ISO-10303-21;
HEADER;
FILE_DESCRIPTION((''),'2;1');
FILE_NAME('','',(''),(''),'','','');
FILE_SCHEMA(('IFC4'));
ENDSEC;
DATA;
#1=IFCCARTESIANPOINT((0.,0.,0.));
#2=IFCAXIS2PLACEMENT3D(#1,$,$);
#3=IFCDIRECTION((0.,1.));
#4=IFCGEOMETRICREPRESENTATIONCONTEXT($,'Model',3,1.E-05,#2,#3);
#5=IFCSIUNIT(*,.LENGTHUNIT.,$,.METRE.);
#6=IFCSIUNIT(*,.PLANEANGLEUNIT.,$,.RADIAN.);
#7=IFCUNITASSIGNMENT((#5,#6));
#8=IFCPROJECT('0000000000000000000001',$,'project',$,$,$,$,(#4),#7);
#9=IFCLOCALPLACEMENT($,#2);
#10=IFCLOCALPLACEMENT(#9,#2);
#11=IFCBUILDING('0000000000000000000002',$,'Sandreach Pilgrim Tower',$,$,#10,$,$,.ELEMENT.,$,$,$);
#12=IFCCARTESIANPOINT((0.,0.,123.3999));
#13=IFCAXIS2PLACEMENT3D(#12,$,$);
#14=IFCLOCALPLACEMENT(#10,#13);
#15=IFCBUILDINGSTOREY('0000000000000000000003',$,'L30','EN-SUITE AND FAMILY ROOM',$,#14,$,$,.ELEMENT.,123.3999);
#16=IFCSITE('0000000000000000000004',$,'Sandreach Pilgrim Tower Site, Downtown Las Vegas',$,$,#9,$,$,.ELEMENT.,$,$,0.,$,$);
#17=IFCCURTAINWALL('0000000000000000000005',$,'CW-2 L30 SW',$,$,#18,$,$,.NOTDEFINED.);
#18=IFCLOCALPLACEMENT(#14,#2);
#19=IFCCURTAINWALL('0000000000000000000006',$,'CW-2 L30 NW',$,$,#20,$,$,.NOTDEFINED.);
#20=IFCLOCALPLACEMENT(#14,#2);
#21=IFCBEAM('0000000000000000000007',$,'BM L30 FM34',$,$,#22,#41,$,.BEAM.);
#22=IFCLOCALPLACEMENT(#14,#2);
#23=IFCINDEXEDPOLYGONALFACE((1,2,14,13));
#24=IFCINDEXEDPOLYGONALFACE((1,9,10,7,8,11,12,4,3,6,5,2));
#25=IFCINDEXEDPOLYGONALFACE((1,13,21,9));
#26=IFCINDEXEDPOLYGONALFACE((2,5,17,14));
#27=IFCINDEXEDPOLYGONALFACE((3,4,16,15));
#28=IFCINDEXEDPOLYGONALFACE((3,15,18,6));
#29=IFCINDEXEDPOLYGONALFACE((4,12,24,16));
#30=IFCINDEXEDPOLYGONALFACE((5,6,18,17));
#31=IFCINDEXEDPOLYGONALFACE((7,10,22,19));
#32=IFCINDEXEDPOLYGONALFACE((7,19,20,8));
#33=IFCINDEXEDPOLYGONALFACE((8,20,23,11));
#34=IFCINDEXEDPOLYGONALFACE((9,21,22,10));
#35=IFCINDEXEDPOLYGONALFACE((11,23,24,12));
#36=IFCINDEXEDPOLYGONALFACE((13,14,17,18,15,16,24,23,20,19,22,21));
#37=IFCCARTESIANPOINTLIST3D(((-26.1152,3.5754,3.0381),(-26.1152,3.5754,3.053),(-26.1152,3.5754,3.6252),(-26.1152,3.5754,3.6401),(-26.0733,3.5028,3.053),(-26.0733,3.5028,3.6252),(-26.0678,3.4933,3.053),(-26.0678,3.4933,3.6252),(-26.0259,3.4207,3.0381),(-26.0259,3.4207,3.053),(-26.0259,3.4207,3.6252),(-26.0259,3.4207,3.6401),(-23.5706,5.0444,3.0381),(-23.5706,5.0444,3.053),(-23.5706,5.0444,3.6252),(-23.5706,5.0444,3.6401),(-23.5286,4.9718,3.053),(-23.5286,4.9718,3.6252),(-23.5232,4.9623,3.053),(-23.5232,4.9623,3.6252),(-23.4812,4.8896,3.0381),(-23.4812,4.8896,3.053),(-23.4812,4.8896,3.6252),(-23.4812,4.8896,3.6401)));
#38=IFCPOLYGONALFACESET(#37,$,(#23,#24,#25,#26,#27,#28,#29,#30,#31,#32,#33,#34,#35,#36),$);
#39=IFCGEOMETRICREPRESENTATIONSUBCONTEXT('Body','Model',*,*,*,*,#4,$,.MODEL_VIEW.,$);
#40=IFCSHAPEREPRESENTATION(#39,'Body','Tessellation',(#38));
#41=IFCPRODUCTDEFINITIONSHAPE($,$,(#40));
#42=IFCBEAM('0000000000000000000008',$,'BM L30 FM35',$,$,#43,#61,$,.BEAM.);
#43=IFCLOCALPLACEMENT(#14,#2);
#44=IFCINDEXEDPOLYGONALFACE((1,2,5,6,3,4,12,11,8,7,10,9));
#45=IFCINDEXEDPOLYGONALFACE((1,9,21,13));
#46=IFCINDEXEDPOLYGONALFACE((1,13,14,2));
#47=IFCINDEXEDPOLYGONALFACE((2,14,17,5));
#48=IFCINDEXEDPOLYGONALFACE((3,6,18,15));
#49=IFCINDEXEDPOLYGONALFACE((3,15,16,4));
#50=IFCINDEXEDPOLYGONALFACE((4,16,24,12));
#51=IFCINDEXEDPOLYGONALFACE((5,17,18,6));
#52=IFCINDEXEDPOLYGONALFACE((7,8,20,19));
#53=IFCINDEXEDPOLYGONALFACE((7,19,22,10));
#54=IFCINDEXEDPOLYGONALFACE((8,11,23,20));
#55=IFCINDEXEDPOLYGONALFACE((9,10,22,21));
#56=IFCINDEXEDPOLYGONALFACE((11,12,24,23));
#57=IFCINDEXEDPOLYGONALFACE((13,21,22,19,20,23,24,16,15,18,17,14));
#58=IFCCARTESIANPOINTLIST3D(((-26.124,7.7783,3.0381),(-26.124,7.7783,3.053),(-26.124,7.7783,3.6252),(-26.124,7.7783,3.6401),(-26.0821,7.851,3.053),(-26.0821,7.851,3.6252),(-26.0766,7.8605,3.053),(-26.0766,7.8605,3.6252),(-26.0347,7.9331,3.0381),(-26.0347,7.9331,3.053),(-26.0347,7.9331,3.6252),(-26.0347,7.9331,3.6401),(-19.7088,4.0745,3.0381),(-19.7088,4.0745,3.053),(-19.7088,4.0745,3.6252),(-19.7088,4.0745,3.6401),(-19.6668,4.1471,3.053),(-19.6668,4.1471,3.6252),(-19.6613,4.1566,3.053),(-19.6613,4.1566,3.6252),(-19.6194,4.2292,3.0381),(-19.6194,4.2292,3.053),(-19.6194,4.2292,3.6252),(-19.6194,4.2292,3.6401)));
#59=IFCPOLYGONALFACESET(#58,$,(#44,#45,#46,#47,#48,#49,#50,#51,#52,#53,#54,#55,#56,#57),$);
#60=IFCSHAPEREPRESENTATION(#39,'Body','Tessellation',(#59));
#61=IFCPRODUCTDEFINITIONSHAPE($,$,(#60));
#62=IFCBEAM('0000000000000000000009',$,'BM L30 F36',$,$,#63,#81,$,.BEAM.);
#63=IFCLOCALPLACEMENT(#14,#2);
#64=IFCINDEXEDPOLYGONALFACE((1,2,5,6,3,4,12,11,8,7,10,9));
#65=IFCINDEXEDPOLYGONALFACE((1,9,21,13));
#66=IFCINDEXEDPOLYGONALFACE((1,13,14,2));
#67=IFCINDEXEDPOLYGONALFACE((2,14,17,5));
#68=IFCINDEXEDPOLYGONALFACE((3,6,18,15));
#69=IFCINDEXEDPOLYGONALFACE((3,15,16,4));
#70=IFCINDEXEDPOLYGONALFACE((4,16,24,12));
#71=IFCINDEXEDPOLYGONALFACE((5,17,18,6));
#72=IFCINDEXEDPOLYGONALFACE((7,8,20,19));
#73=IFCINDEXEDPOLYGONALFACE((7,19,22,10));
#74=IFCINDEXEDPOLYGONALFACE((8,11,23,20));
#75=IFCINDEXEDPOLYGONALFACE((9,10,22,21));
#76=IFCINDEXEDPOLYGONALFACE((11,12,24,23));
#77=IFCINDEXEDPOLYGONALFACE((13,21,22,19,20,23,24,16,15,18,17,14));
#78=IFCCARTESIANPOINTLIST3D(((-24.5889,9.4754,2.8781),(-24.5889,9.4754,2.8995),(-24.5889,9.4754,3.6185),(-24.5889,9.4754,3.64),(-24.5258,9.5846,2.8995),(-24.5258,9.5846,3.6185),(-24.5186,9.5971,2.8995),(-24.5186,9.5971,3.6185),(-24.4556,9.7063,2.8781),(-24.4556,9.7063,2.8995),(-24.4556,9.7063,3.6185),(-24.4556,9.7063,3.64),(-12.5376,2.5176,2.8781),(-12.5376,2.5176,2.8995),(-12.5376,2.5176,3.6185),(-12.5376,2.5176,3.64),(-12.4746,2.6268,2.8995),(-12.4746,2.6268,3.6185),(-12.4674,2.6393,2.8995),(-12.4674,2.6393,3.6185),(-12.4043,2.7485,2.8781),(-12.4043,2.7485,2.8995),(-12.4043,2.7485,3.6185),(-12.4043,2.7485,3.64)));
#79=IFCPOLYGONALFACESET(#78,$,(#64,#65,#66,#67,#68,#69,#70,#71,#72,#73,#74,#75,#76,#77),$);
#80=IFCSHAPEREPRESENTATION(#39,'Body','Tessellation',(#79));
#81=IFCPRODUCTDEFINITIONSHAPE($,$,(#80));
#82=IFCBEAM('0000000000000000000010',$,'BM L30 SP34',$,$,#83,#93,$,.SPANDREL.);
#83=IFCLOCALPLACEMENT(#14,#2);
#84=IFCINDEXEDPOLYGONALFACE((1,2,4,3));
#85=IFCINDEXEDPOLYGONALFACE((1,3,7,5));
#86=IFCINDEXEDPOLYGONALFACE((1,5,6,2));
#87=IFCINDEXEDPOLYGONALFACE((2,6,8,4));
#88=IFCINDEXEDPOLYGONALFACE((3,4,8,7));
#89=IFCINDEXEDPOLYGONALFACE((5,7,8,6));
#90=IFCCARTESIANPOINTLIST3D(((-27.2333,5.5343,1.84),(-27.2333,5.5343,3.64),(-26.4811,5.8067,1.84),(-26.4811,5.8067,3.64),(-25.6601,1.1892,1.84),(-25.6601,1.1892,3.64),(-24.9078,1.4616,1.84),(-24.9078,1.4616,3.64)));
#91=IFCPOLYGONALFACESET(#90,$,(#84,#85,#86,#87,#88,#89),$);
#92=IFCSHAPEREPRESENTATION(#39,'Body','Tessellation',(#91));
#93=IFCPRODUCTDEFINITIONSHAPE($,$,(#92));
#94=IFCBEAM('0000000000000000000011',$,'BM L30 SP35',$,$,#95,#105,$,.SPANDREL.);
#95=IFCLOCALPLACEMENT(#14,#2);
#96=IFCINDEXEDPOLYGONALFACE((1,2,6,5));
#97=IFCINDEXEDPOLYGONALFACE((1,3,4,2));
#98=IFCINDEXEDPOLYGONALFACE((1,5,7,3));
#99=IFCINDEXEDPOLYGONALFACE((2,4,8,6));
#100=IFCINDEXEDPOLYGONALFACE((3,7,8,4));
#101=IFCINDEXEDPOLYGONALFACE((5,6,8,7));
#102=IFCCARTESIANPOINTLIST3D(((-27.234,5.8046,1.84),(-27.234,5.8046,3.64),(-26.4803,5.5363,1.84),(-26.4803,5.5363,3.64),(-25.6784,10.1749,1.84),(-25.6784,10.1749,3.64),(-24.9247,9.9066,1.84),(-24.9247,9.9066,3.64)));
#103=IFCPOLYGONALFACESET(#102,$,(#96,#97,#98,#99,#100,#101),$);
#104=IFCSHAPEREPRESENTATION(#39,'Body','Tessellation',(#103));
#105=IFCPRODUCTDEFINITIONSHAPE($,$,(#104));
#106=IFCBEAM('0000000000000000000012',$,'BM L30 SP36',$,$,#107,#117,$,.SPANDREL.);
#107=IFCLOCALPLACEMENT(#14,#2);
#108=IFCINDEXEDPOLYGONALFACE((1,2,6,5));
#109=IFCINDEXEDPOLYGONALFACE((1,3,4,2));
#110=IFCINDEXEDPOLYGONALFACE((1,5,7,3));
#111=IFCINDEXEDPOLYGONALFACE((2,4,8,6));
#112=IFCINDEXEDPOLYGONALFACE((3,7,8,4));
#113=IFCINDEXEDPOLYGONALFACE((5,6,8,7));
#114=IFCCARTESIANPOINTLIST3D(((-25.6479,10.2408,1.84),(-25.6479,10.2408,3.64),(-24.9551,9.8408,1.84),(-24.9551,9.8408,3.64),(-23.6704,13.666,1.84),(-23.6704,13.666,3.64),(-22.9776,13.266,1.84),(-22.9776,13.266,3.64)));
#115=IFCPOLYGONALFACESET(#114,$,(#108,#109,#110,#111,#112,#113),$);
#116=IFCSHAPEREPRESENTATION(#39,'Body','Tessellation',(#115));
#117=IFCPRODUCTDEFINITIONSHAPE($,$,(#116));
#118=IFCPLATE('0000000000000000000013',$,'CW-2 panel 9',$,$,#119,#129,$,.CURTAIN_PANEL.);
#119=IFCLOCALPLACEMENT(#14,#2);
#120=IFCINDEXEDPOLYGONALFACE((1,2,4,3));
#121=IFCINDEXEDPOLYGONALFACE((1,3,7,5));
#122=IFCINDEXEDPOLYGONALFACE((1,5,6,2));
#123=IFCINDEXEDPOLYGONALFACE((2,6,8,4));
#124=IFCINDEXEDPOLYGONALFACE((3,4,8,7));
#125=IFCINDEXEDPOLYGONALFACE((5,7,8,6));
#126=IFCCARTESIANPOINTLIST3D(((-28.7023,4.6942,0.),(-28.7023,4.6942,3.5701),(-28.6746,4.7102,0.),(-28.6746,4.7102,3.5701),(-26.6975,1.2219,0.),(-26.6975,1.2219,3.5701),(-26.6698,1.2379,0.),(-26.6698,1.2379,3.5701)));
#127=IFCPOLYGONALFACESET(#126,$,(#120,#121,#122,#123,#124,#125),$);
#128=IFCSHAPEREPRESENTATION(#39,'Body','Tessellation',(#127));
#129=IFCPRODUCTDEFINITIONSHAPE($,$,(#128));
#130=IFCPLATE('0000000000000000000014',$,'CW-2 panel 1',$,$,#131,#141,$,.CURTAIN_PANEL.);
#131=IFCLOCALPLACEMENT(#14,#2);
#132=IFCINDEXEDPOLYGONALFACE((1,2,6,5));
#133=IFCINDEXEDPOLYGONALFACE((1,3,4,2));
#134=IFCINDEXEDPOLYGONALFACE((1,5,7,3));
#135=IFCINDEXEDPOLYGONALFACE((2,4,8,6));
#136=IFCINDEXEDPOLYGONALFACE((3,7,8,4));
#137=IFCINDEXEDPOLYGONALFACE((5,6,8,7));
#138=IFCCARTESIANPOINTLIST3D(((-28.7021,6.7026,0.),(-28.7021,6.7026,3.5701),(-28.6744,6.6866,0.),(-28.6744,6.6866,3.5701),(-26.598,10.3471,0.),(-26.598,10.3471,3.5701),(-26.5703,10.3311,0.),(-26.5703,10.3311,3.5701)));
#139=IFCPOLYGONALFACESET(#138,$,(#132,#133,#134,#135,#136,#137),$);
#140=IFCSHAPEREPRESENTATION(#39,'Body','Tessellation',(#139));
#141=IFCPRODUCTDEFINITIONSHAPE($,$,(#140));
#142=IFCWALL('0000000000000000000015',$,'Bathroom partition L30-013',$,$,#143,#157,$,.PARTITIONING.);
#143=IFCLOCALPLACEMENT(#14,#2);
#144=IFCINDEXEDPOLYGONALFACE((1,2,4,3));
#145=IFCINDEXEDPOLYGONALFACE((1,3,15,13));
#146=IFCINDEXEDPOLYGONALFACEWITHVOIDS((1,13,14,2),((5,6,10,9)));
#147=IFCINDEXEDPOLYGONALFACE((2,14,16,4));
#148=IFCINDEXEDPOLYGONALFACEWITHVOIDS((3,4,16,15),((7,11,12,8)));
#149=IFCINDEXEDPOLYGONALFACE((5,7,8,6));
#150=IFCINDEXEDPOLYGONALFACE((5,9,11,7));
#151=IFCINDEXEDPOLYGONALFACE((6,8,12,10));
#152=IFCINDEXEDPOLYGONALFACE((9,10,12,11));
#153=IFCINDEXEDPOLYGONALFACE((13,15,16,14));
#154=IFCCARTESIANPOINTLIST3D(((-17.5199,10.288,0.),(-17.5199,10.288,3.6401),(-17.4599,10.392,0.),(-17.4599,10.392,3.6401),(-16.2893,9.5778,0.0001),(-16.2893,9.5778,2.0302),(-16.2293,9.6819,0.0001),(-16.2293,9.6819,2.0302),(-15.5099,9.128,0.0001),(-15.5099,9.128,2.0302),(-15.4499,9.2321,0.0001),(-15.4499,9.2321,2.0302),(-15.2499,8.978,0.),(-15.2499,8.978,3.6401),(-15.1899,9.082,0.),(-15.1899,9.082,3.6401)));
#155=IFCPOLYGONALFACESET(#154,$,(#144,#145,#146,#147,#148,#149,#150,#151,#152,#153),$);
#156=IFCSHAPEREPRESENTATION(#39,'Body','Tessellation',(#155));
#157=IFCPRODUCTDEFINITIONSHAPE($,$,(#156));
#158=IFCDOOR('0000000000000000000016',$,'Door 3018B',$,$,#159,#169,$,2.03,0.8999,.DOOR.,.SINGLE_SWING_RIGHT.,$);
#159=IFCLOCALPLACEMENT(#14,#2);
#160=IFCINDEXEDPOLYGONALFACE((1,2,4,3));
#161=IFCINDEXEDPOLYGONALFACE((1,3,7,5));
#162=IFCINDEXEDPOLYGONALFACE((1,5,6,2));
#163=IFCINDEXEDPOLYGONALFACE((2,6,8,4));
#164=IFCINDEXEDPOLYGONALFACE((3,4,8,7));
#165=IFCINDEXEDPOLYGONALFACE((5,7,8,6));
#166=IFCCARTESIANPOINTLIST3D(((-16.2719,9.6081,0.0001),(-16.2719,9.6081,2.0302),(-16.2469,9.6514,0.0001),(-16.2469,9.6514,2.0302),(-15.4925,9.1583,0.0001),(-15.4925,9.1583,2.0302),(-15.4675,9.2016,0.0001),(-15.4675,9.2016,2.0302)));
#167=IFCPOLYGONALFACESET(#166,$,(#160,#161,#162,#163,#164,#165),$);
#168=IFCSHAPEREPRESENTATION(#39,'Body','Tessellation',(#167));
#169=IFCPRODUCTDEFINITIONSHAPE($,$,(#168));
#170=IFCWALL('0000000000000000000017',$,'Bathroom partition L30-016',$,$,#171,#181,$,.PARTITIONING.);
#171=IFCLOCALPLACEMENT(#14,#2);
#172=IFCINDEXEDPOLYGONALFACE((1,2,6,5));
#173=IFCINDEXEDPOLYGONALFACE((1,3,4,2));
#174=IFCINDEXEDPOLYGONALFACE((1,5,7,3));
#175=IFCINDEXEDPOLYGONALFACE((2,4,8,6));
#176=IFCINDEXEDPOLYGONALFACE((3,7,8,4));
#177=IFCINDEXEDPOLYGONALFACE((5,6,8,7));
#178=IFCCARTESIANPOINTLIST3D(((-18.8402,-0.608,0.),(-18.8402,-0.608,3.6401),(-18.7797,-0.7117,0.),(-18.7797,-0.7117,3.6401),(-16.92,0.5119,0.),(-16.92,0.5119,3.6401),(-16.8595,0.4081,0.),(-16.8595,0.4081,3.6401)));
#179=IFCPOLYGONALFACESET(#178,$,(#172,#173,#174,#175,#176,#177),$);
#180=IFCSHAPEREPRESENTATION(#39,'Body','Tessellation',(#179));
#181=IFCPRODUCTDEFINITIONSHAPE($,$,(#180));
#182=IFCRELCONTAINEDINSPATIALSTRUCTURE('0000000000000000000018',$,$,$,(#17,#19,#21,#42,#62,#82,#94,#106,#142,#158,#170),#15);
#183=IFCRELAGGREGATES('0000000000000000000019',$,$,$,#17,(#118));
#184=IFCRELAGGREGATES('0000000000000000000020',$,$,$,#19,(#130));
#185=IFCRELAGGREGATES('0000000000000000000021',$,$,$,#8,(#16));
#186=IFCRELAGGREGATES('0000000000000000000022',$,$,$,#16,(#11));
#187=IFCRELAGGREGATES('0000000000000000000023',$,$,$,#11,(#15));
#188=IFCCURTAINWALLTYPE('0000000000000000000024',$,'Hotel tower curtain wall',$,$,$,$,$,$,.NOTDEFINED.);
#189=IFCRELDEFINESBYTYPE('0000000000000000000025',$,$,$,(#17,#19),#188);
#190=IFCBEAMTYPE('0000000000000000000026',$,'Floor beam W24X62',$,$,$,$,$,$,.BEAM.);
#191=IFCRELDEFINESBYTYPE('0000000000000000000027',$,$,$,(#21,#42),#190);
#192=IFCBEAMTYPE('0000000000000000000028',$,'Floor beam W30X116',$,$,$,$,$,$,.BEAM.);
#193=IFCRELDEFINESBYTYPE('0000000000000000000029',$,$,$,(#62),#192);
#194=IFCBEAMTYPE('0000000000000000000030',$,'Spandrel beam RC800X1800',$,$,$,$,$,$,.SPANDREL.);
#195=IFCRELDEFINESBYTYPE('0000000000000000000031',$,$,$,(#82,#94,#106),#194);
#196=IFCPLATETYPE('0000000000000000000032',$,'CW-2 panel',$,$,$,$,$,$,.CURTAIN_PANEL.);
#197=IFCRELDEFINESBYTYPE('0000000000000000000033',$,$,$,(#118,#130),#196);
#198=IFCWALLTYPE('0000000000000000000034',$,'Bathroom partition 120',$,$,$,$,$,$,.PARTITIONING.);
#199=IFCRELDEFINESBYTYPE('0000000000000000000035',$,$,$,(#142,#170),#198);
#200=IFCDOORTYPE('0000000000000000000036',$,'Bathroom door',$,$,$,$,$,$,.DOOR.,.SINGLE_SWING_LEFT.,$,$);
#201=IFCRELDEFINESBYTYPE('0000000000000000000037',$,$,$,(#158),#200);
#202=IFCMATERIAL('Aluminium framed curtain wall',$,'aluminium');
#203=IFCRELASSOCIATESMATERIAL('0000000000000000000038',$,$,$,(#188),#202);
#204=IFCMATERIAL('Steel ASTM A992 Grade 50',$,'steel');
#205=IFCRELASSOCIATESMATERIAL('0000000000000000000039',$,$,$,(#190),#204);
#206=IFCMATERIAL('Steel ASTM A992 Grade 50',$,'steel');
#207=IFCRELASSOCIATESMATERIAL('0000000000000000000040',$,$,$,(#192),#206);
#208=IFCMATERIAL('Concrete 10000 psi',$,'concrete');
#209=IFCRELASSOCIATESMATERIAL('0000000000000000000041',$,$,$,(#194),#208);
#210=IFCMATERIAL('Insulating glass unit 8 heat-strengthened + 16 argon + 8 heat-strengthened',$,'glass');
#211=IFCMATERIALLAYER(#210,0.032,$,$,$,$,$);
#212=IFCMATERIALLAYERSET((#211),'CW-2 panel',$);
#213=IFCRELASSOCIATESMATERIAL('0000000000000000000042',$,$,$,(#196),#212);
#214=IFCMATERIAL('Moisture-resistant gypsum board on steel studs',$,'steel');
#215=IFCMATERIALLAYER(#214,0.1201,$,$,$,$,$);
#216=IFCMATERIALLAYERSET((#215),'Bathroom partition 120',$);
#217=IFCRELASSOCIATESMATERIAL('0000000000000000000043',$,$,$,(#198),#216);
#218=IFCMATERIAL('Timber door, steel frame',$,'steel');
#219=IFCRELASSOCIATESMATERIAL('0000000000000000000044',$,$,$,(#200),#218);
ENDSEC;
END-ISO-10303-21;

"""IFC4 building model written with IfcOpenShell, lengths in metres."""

from ifc_helpers import new_model, si_unit, direction, frame, frame_2d, origin, origin_2d, place, context, subcontext, project, spatial, rectangle, i_section, extrude, material, layer, layer_set, material_profile, profile_set, type_object, element, fill, aggregate, save


model = new_model("IFC4")

# Units and contexts
model_context = context("Model", 3, precision=1e-05, world=origin(), true_north=direction((0.0, 1.0)))
body_context = subcontext(model_context, "Body", "Model", "MODEL_VIEW")
ifc_project = project(units=[si_unit("LENGTHUNIT", "METRE"), si_unit("PLANEANGLEUNIT", "RADIAN")], contexts=[model_context])

# Site, building, storey
site_placement = place(None, origin())
site = spatial("IfcSite", under=ifc_project, at=site_placement, Name="Sandreach Pilgrim Tower Site, Downtown Las Vegas", CompositionType="ELEMENT", RefElevation=0.0)
building_placement = place(site_placement, origin())
building = spatial("IfcBuilding", under=site, at=building_placement, Name="Sandreach Pilgrim Tower", CompositionType="ELEMENT")
storey_placement = place(building_placement, frame((0.0, 0.0, 123.3999)))
storey = spatial("IfcBuildingStorey", under=building, at=storey_placement, Name="L30", Description="EN-SUITE AND FAMILY ROOM", CompositionType="ELEMENT", Elevation=123.3999)

# Curtain wall
ifc_material_1 = material(Name="Aluminium framed curtain wall", Category="aluminium")
curtain_wall_type = type_object("IfcCurtainWallType", Name="Hotel tower curtain wall", PredefinedType="NOTDEFINED", material=ifc_material_1)
curtain_wall_1_placement = place(storey_placement, origin())
curtain_wall_1 = element("IfcCurtainWall", 1, at=curtain_wall_1_placement, inside=storey, type_object=curtain_wall_type, Name="CW-2 L30 SW", PredefinedType="NOTDEFINED")

# Curtain wall
curtain_wall_2_placement = place(storey_placement, origin())
curtain_wall_2 = element("IfcCurtainWall", 2, at=curtain_wall_2_placement, inside=storey, type_object=curtain_wall_type, Name="CW-2 L30 NW", PredefinedType="NOTDEFINED")

# Beams
ifc_material_2 = material(Name="Steel ASTM A992 Grade 50", Category="steel")
ifc_material_profile_1 = material_profile(ifc_material_2, i_section(OverallWidth=0.1787, OverallDepth=0.6021, WebThickness=0.011, FlangeThickness=0.0149, at=origin_2d()), Name="W24X62")
ifc_profile_set_1 = profile_set([ifc_material_profile_1], Name="Steel ASTM A992 Grade 50")
beam_type_1 = type_object("IfcBeamType", Name="Floor beam W24X62", PredefinedType="BEAM", material=ifc_profile_set_1)
beam_1_placement = place(storey_placement, frame((-26.0706, 3.498, 3.3391), z_axis=(0.866051, 0.499955, 0.0), x_axis=(-0.499955, 0.866051, 0.0)))
element("IfcBeam", 3, at=beam_1_placement, inside=storey, type_object=beam_type_1, Name="BM L30 FM34", PredefinedType="BEAM", context=body_context, shape_type="SweptSolid", body=[
    extrude(i_section(OverallWidth=0.1787, OverallDepth=0.6021, WebThickness=0.011, FlangeThickness=0.0149, at=origin_2d()), origin(), (0.0, 0.0, 1.0), 2.9382),
])
beam_2_placement = place(storey_placement, frame((-26.0793, 7.8557, 3.3391), z_axis=(0.866026, -0.499999, 0.0), x_axis=(0.499999, 0.866026, 0.0)))
element("IfcBeam", 4, at=beam_2_placement, inside=storey, type_object=beam_type_1, Name="BM L30 FM35", PredefinedType="BEAM", context=body_context, shape_type="SweptSolid", body=[
    extrude(i_section(OverallWidth=0.1787, OverallDepth=0.6021, WebThickness=0.011, FlangeThickness=0.0149, at=origin_2d()), origin(), (0.0, 0.0, 1.0), 7.4077),
])
ifc_material_3 = material(Name="Steel ASTM A992 Grade 50", Category="steel")
ifc_material_profile_2 = material_profile(ifc_material_3, i_section(OverallWidth=0.2666, OverallDepth=0.762, WebThickness=0.0144, FlangeThickness=0.0215, at=origin_2d()), Name="W30X116")
ifc_profile_set_2 = profile_set([ifc_material_profile_2], Name="Steel ASTM A992 Grade 50")
beam_type_2 = type_object("IfcBeamType", Name="Floor beam W30X116", PredefinedType="BEAM", material=ifc_profile_set_2)
beam_3_placement = place(storey_placement, frame((-24.5222, 9.5908, 3.259), z_axis=(0.866027, -0.499998, 0.0), x_axis=(0.499998, 0.866027, 0.0)))
element("IfcBeam", 5, at=beam_3_placement, inside=storey, type_object=beam_type_2, Name="BM L30 F36", PredefinedType="BEAM", context=body_context, shape_type="SweptSolid", body=[
    extrude(i_section(OverallWidth=0.2666, OverallDepth=0.762, WebThickness=0.0144, FlangeThickness=0.0215, at=origin_2d()), origin(), (0.0, 0.0, 1.0), 13.9155),
])
ifc_material_4 = material(Name="Concrete 10000 psi", Category="concrete")
ifc_material_profile_3 = material_profile(ifc_material_4, rectangle(XDim=0.8, YDim=1.8, at=origin_2d()), Name="RC800X1800")
ifc_profile_set_3 = profile_set([ifc_material_profile_3], Name="Concrete 10000 psi")
beam_type_3 = type_object("IfcBeamType", Name="Spandrel beam RC800X1800", PredefinedType="SPANDREL", material=ifc_profile_set_3)
beam_4_placement = place(storey_placement, frame((-25.2839, 1.3254, 2.74), z_axis=(-0.340453, 0.940261, 0.0), x_axis=(-0.940261, -0.340453, 0.0)))
element("IfcBeam", 6, at=beam_4_placement, inside=storey, type_object=beam_type_3, Name="BM L30 SP34", PredefinedType="SPANDREL", context=body_context, shape_type="SweptSolid", body=[
    extrude(rectangle(XDim=0.8, YDim=1.8, at=origin_2d()), origin(), (0.0, 0.0, 1.0), 4.6211),
])
beam_5_placement = place(storey_placement, frame((-26.8572, 5.6704, 2.74), z_axis=(0.335346, 0.942095, 0.0), x_axis=(-0.942095, 0.335346, 0.0)))
element("IfcBeam", 7, at=beam_5_placement, inside=storey, type_object=beam_type_3, Name="BM L30 SP35", PredefinedType="SPANDREL", context=body_context, shape_type="SweptSolid", body=[
    extrude(rectangle(XDim=0.8, YDim=1.8, at=origin_2d()), origin(), (0.0, 0.0, 1.0), 4.6389),
])
beam_6_placement = place(storey_placement, frame((-25.3015, 10.0408, 2.74), z_axis=(0.49999, 0.866031, 0.0), x_axis=(-0.866031, 0.49999, 0.0)))
element("IfcBeam", 8, at=beam_6_placement, inside=storey, type_object=beam_type_3, Name="BM L30 SP36", PredefinedType="SPANDREL", context=body_context, shape_type="SweptSolid", body=[
    extrude(rectangle(XDim=0.8, YDim=1.8, at=origin_2d()), origin(), (0.0, 0.0, 1.0), 3.9551),
])

# Plates
ifc_material_5 = material(Name="Insulating glass unit 8 heat-strengthened + 16 argon + 8 heat-strengthened", Category="glass")
ifc_layer_1 = layer(ifc_material_5, 0.032)
ifc_layer_set_1 = layer_set([ifc_layer_1], Name="CW-2 panel")
plate_type = type_object("IfcPlateType", Name="CW-2 panel", PredefinedType="CURTAIN_PANEL", material=ifc_layer_set_1)
plate_1_placement = place(storey_placement, frame((-27.686, 2.9661, 0.0), z_axis=(0.0, 0.0, 1.0), x_axis=(-0.5, 0.866025, 0.0)))
plate_1 = element("IfcPlate", 9, at=plate_1_placement, type_object=plate_type, Name="CW-2 panel 9", PredefinedType="CURTAIN_PANEL", context=body_context, shape_type="SweptSolid", body=[
    extrude(rectangle(XDim=4.0095, YDim=0.032, at=origin_2d()), origin(), (0.0, 0.0, 1.0), 3.5701),
])
aggregate(curtain_wall_1, [plate_1])
plate_2_placement = place(storey_placement, frame((-27.6362, 8.5168, 0.0), z_axis=(0.0, 0.0, 1.0), x_axis=(0.5, 0.866025, 0.0)))
plate_2 = element("IfcPlate", 10, at=plate_2_placement, type_object=plate_type, Name="CW-2 panel 1", PredefinedType="CURTAIN_PANEL", context=body_context, shape_type="SweptSolid", body=[
    extrude(rectangle(XDim=4.2083, YDim=0.032, at=origin_2d()), origin(), (0.0, 0.0, 1.0), 3.5701),
])
aggregate(curtain_wall_2, [plate_2])

# Wall, opening, door
ifc_material_6 = material(Name="Moisture-resistant gypsum board on steel studs", Category="steel")
ifc_layer_2 = layer(ifc_material_6, 0.1201)
ifc_layer_set_2 = layer_set([ifc_layer_2], Name="Bathroom partition 120")
wall_type_1 = type_object("IfcWallType", Name="Bathroom partition 120", PredefinedType="PARTITIONING", material=ifc_layer_set_2)
wall_1_placement = place(storey_placement, frame((-17.49, 10.3401, 0.0), z_axis=(0.0, 0.0, 1.0), x_axis=(0.866114, -0.499846, 0.0)))
wall_1 = element("IfcWall", 11, at=wall_1_placement, inside=storey, type_object=wall_type_1, Name="Bathroom partition L30-013", PredefinedType="PARTITIONING", context=body_context, shape_type="SweptSolid", body=[
    extrude(rectangle(XDim=2.6208, YDim=0.1201, at=frame_2d((1.3105, 0.0))), origin(), (0.0, 0.0, 1.0), 3.6401),
])
opening_1_placement = place(wall_1_placement, frame((1.4209, 0.0, 0.0)))
opening_1 = element("IfcOpeningElement", 12, at=opening_1_placement, cuts=wall_1, PredefinedType="OPENING", context=body_context, shape_type="SweptSolid", body=[
    extrude(rectangle(XDim=0.8999, YDim=2.03, at=frame_2d((0.45, 1.0151))), frame((0.0, 0.0601, 0.0), z_axis=(0.0, -1.0, 0.0), x_axis=(1.0, 0.0, 0.0)), (0.0, 0.0, 1.0), 0.1201),
])
ifc_material_7 = material(Name="Timber door, steel frame", Category="steel")
door_type_1 = type_object("IfcDoorType", Name="Bathroom door", OperationType="SINGLE_SWING_LEFT", PredefinedType="DOOR", material=ifc_material_7)
door_1_placement = place(opening_1_placement, origin())
door_1 = element("IfcDoor", 13, at=door_1_placement, inside=storey, type_object=door_type_1, Name="Door 3018B", OperationType="SINGLE_SWING_RIGHT", OverallHeight=2.03, OverallWidth=0.8999, PredefinedType="DOOR", context=body_context, shape_type="SweptSolid", body=[
    extrude(rectangle(XDim=0.8999, YDim=2.03, at=frame_2d((0.45, 1.0151))), frame((0.0, 0.0249, 0.0), z_axis=(0.0, -1.0, 0.0), x_axis=(1.0, 0.0, 0.0)), (0.0, 0.0, 1.0), 0.05),
])
fill(opening_1, door_1)

# Wall
wall_2_placement = place(storey_placement, frame((-16.8899, 0.46, 0.0), z_axis=(0.0, 0.0, 1.0), x_axis=(-0.863823, -0.503796, 0.0)))
element("IfcWall", 14, at=wall_2_placement, inside=storey, type_object=wall_type_1, Name="Bathroom partition L30-016", PredefinedType="PARTITIONING", context=body_context, shape_type="SweptSolid", body=[
    extrude(rectangle(XDim=2.2229, YDim=0.1201, at=frame_2d((1.1113, 0.0))), origin(), (0.0, 0.0, 1.0), 3.6401),
])

save(model, "model.ifc")
